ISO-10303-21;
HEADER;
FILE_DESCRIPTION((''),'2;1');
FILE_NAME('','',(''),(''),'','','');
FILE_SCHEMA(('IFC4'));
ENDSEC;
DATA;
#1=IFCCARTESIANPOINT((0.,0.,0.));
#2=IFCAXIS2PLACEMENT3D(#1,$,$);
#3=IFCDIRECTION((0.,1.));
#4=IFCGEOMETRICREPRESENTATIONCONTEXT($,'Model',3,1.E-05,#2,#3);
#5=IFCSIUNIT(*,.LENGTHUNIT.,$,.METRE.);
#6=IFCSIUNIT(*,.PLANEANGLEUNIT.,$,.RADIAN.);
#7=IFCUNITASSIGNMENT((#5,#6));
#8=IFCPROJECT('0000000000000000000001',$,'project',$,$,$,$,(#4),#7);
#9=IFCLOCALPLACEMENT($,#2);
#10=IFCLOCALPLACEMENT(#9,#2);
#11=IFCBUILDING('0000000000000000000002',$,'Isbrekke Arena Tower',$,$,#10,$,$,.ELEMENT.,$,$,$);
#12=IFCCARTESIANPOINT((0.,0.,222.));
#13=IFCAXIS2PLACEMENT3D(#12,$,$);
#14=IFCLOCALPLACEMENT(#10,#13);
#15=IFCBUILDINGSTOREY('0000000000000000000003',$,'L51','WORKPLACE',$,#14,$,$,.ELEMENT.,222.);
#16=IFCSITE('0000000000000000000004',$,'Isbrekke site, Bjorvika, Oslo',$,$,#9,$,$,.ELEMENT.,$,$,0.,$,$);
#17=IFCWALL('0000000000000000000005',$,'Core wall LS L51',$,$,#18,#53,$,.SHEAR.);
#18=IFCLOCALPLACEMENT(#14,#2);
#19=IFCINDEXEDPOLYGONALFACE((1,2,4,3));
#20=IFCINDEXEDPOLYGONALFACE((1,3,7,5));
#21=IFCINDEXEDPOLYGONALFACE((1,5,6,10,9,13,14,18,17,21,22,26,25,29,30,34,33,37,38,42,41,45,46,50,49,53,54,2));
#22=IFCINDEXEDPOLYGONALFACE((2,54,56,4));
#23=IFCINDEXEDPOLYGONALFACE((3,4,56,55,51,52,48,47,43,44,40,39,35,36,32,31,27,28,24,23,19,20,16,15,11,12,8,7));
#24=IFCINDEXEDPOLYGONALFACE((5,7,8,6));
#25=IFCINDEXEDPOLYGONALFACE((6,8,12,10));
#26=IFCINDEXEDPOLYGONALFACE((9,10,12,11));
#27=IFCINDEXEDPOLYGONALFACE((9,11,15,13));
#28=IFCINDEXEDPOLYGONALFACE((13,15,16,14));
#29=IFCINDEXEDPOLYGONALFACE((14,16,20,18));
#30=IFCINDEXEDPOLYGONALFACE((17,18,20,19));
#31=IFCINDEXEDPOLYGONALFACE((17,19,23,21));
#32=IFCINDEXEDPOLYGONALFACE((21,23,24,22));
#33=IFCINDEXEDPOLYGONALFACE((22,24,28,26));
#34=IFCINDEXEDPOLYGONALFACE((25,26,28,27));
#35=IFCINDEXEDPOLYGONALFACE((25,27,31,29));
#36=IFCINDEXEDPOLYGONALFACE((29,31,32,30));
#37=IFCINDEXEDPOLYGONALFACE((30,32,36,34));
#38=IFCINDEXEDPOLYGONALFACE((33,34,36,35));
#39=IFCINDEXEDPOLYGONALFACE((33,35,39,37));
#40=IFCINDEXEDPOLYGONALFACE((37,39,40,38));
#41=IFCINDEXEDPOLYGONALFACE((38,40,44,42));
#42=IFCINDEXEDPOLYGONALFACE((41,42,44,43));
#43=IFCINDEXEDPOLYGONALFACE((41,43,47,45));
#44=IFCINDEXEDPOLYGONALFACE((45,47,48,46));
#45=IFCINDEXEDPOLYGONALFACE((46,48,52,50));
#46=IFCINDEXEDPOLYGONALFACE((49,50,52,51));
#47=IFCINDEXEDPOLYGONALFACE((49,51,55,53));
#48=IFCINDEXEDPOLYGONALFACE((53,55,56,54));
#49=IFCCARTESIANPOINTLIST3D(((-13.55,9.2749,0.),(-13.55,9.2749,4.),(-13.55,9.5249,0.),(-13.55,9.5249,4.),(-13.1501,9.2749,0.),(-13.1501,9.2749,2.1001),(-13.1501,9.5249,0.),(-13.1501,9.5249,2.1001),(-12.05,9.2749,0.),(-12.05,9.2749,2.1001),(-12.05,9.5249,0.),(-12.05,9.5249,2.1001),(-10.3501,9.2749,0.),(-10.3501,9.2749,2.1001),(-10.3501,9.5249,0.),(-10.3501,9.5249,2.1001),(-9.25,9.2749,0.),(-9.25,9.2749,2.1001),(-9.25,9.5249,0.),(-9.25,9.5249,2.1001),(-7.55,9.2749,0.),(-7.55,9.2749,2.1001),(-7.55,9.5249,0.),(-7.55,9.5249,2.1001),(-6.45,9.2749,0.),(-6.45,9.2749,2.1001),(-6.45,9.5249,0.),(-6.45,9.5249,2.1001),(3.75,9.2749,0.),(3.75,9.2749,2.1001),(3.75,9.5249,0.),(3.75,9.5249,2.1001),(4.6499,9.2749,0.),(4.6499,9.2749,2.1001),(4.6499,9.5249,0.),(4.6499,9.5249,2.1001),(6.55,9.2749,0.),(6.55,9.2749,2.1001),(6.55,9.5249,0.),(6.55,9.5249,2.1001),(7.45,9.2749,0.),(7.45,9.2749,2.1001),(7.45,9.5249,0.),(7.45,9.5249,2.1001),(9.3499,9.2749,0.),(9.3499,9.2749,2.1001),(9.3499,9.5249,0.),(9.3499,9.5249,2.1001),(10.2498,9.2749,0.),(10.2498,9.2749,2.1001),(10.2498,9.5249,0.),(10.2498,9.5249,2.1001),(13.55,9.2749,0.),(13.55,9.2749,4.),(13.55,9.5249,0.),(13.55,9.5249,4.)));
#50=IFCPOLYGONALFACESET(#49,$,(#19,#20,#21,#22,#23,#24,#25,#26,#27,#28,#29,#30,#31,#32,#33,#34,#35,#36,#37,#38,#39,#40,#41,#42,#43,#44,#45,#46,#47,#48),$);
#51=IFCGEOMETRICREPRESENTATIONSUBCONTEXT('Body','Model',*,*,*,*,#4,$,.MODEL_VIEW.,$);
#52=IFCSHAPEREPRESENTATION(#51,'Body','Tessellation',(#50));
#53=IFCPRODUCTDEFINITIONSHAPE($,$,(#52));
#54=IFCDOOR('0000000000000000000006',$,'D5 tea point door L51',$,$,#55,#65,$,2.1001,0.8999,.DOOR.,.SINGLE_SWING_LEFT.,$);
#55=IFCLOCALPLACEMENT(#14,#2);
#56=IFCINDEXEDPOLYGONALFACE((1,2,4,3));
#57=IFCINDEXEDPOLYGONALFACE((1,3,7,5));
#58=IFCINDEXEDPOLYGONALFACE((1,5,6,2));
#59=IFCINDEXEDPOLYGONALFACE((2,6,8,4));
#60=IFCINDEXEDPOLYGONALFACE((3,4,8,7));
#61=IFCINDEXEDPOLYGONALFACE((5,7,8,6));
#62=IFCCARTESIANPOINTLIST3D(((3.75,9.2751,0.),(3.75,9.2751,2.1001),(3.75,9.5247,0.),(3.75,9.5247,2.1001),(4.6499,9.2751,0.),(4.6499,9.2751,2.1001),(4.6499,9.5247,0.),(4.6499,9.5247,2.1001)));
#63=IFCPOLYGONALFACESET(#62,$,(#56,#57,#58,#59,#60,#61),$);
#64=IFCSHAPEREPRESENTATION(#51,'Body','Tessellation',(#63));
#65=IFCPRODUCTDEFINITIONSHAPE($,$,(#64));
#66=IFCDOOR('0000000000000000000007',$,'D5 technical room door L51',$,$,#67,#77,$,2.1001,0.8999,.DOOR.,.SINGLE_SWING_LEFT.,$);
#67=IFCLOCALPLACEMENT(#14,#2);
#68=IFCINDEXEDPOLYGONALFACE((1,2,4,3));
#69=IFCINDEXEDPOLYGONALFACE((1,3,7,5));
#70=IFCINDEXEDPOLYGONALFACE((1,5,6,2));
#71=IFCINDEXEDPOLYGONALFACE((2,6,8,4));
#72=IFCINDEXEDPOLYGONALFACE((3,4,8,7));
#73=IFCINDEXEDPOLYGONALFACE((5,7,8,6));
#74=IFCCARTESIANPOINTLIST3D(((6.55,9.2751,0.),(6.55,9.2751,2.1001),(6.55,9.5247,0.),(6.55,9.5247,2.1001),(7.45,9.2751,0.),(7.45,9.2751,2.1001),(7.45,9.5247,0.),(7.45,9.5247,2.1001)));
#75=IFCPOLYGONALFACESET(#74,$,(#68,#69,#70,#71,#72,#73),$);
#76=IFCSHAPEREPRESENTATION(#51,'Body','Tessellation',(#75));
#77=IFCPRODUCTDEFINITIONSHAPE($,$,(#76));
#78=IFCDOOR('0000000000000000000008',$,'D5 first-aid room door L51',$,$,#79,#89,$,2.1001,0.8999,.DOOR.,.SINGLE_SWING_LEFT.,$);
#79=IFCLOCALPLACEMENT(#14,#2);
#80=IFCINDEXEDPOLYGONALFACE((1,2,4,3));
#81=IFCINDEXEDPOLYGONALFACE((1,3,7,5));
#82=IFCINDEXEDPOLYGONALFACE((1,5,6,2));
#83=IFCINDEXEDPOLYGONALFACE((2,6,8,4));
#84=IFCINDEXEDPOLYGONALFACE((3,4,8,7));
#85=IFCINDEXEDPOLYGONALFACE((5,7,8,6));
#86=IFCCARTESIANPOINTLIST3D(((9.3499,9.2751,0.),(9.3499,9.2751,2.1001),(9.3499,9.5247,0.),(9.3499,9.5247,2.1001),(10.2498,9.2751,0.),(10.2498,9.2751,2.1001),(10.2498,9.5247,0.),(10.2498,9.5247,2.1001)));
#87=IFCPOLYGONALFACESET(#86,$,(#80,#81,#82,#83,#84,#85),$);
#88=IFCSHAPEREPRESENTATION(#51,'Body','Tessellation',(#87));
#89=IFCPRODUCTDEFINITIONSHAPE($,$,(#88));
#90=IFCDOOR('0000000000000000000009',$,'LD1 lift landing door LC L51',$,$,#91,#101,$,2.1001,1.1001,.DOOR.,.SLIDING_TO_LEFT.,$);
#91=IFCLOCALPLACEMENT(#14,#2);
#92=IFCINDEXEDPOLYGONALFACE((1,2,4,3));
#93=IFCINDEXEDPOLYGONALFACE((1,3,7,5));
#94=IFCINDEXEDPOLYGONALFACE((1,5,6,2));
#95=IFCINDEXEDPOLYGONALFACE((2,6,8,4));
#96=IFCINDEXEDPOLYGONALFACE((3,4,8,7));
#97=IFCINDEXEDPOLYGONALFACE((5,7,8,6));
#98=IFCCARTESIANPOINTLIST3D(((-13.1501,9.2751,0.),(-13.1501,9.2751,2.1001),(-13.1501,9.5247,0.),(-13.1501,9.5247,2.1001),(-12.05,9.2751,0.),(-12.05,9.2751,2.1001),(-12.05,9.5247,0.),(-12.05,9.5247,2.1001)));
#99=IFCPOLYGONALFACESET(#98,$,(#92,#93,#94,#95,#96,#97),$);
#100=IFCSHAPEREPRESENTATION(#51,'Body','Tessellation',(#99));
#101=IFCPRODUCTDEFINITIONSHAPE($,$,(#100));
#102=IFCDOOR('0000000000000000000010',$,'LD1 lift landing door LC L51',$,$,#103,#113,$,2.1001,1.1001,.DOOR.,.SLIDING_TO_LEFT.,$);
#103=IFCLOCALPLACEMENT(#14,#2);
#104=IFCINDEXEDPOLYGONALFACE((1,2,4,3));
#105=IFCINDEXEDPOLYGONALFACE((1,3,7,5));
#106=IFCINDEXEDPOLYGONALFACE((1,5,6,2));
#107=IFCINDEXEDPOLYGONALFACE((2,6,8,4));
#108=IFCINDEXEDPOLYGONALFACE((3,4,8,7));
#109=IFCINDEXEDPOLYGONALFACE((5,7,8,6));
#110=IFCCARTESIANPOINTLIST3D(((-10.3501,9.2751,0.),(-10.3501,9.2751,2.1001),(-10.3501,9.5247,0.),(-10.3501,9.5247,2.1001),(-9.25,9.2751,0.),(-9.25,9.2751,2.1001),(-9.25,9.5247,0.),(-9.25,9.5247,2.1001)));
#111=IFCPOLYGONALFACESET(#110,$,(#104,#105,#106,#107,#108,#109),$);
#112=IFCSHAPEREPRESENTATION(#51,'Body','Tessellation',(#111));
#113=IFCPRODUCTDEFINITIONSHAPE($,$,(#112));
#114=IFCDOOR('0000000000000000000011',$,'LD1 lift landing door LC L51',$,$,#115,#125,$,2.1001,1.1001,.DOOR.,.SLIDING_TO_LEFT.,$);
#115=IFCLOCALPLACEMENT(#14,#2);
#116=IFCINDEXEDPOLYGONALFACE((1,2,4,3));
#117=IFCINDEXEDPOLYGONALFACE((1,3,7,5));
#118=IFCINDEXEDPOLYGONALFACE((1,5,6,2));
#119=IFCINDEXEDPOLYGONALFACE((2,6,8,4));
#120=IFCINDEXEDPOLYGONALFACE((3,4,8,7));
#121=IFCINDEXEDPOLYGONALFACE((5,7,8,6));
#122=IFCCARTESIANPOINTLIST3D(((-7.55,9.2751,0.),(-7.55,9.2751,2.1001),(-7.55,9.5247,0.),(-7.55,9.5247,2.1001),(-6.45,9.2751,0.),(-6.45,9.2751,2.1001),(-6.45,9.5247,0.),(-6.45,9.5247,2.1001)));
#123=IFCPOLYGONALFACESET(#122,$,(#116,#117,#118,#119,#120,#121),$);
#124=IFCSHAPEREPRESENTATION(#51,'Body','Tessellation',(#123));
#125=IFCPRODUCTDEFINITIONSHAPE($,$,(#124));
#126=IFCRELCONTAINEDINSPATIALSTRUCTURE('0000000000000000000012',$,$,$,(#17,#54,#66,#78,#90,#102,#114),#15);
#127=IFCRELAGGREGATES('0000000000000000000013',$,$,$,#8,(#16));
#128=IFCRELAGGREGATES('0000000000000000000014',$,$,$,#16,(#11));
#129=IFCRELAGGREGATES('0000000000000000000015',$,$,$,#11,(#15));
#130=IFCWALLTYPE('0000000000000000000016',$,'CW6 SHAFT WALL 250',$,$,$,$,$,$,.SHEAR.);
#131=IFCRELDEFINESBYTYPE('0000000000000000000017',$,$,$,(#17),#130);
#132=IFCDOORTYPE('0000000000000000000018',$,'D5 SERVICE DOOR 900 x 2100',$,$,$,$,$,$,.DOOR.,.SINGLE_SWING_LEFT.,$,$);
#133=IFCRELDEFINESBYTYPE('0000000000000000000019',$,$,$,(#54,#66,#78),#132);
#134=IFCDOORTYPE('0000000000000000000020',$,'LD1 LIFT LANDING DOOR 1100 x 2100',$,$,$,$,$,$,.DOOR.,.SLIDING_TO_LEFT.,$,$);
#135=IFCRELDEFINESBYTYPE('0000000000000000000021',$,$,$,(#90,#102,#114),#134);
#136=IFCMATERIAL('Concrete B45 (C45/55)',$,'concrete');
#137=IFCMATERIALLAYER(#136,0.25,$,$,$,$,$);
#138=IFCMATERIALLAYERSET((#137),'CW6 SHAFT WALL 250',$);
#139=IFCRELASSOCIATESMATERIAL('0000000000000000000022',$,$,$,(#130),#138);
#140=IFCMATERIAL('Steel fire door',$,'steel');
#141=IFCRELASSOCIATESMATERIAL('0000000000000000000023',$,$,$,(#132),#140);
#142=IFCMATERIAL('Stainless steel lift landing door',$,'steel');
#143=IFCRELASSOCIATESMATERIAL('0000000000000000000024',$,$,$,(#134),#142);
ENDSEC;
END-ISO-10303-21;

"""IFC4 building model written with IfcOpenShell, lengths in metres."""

from ifc_helpers import new_model, si_unit, direction, frame, frame_2d, origin, place, context, subcontext, project, spatial, rectangle, extrude, material, layer, layer_set, type_object, element, fill, save


model = new_model("IFC4")

# Units and contexts
model_context = context("Model", 3, precision=1e-05, world=origin(), true_north=direction((0.0, 1.0)))
body_context = subcontext(model_context, "Body", "Model", "MODEL_VIEW")
ifc_project = project(units=[si_unit("LENGTHUNIT", "METRE"), si_unit("PLANEANGLEUNIT", "RADIAN")], contexts=[model_context])

# Site, building, storey
site_placement = place(None, origin())
site = spatial("IfcSite", under=ifc_project, at=site_placement, Name="Isbrekke site, Bjorvika, Oslo", CompositionType="ELEMENT", RefElevation=0.0)
building_placement = place(site_placement, origin())
building = spatial("IfcBuilding", under=site, at=building_placement, Name="Isbrekke Arena Tower", CompositionType="ELEMENT")
storey_placement = place(building_placement, frame((0.0, 0.0, 222.0)))
storey = spatial("IfcBuildingStorey", under=building, at=storey_placement, Name="L51", Description="WORKPLACE", CompositionType="ELEMENT", Elevation=222.0)

# Wall, openings, doors
ifc_material_1 = material(Name="Concrete B45 (C45/55)", Category="concrete")
ifc_layer_1 = layer(ifc_material_1, 0.25)
ifc_layer_set_1 = layer_set([ifc_layer_1], Name="CW6 SHAFT WALL 250")
wall_type_1 = type_object("IfcWallType", Name="CW6 SHAFT WALL 250", PredefinedType="SHEAR", material=ifc_layer_set_1)
wall_1_placement = place(storey_placement, frame((-13.55, 9.3999, 0.0), z_axis=(0.0, 0.0, 1.0), x_axis=(1.0, 0.0, 0.0)))
wall_1 = element("IfcWall", 1, at=wall_1_placement, inside=storey, type_object=wall_type_1, Name="Core wall LS L51", PredefinedType="SHEAR", context=body_context, shape_type="SweptSolid", body=[
    extrude(rectangle(XDim=27.1001, YDim=0.25, at=frame_2d((13.55, 0.0))), origin(), (0.0, 0.0, 1.0), 4.0),
])
opening_1_placement = place(wall_1_placement, frame((0.3999, 0.0, 0.0)))
opening_1 = element("IfcOpeningElement", 2, at=opening_1_placement, cuts=wall_1, PredefinedType="OPENING", context=body_context, shape_type="SweptSolid", body=[
    extrude(rectangle(XDim=1.1001, YDim=2.1001, at=frame_2d((0.55, 1.05))), frame((0.0, 0.1399, 0.0), z_axis=(0.0, -1.0, 0.0), x_axis=(1.0, 0.0, 0.0)), (0.0, 0.0, 1.0), 0.2798),
])
opening_2_placement = place(wall_1_placement, frame((3.2, 0.0, 0.0)))
opening_2 = element("IfcOpeningElement", 3, at=opening_2_placement, cuts=wall_1, PredefinedType="OPENING", context=body_context, shape_type="SweptSolid", body=[
    extrude(rectangle(XDim=1.1001, YDim=2.1001, at=frame_2d((0.55, 1.05))), frame((0.0, 0.1399, 0.0), z_axis=(0.0, -1.0, 0.0), x_axis=(1.0, 0.0, 0.0)), (0.0, 0.0, 1.0), 0.2798),
])
opening_3_placement = place(wall_1_placement, frame((6.0, 0.0, 0.0)))
opening_3 = element("IfcOpeningElement", 4, at=opening_3_placement, cuts=wall_1, PredefinedType="OPENING", context=body_context, shape_type="SweptSolid", body=[
    extrude(rectangle(XDim=1.1001, YDim=2.1001, at=frame_2d((0.55, 1.05))), frame((0.0, 0.1399, 0.0), z_axis=(0.0, -1.0, 0.0), x_axis=(1.0, 0.0, 0.0)), (0.0, 0.0, 1.0), 0.2798),
])
opening_4_placement = place(wall_1_placement, frame((17.3, 0.0, 0.0)))
opening_4 = element("IfcOpeningElement", 5, at=opening_4_placement, cuts=wall_1, PredefinedType="OPENING", context=body_context, shape_type="SweptSolid", body=[
    extrude(rectangle(XDim=0.8999, YDim=2.1001, at=frame_2d((0.45, 1.05))), frame((0.0, 0.1399, 0.0), z_axis=(0.0, -1.0, 0.0), x_axis=(1.0, 0.0, 0.0)), (0.0, 0.0, 1.0), 0.2798),
])
opening_5_placement = place(wall_1_placement, frame((20.1001, 0.0, 0.0)))
opening_5 = element("IfcOpeningElement", 6, at=opening_5_placement, cuts=wall_1, PredefinedType="OPENING", context=body_context, shape_type="SweptSolid", body=[
    extrude(rectangle(XDim=0.8999, YDim=2.1001, at=frame_2d((0.45, 1.05))), frame((0.0, 0.1399, 0.0), z_axis=(0.0, -1.0, 0.0), x_axis=(1.0, 0.0, 0.0)), (0.0, 0.0, 1.0), 0.2798),
])
opening_6_placement = place(wall_1_placement, frame((22.8999, 0.0, 0.0)))
opening_6 = element("IfcOpeningElement", 7, at=opening_6_placement, cuts=wall_1, PredefinedType="OPENING", context=body_context, shape_type="SweptSolid", body=[
    extrude(rectangle(XDim=0.8999, YDim=2.1001, at=frame_2d((0.45, 1.05))), frame((0.0, 0.1399, 0.0), z_axis=(0.0, -1.0, 0.0), x_axis=(1.0, 0.0, 0.0)), (0.0, 0.0, 1.0), 0.2798),
])
ifc_material_2 = material(Name="Steel fire door", Category="steel")
door_type_1 = type_object("IfcDoorType", Name="D5 SERVICE DOOR 900 x 2100", OperationType="SINGLE_SWING_LEFT", PredefinedType="DOOR", material=ifc_material_2)
door_1_placement = place(opening_4_placement, origin())
door_1 = element("IfcDoor", 8, at=door_1_placement, inside=storey, type_object=door_type_1, Name="D5 tea point door L51", OperationType="SINGLE_SWING_LEFT", OverallHeight=2.1001, OverallWidth=0.8999, PredefinedType="DOOR", context=body_context, shape_type="SweptSolid", body=[
    extrude(rectangle(XDim=0.8999, YDim=2.1001, at=frame_2d((0.45, 1.05))), frame((0.0, 0.1248, 0.0), z_axis=(0.0, -1.0, 0.0), x_axis=(1.0, 0.0, 0.0)), (0.0, 0.0, 1.0), 0.2495),
])
fill(opening_4, door_1)
door_2_placement = place(opening_5_placement, origin())
door_2 = element("IfcDoor", 9, at=door_2_placement, inside=storey, type_object=door_type_1, Name="D5 technical room door L51", OperationType="SINGLE_SWING_LEFT", OverallHeight=2.1001, OverallWidth=0.8999, PredefinedType="DOOR", context=body_context, shape_type="SweptSolid", body=[
    extrude(rectangle(XDim=0.8999, YDim=2.1001, at=frame_2d((0.45, 1.05))), frame((0.0, 0.1248, 0.0), z_axis=(0.0, -1.0, 0.0), x_axis=(1.0, 0.0, 0.0)), (0.0, 0.0, 1.0), 0.2495),
])
fill(opening_5, door_2)
door_3_placement = place(opening_6_placement, origin())
door_3 = element("IfcDoor", 10, at=door_3_placement, inside=storey, type_object=door_type_1, Name="D5 first-aid room door L51", OperationType="SINGLE_SWING_LEFT", OverallHeight=2.1001, OverallWidth=0.8999, PredefinedType="DOOR", context=body_context, shape_type="SweptSolid", body=[
    extrude(rectangle(XDim=0.8999, YDim=2.1001, at=frame_2d((0.45, 1.05))), frame((0.0, 0.1248, 0.0), z_axis=(0.0, -1.0, 0.0), x_axis=(1.0, 0.0, 0.0)), (0.0, 0.0, 1.0), 0.2495),
])
fill(opening_6, door_3)
ifc_material_3 = material(Name="Stainless steel lift landing door", Category="steel")
door_type_2 = type_object("IfcDoorType", Name="LD1 LIFT LANDING DOOR 1100 x 2100", OperationType="SLIDING_TO_LEFT", PredefinedType="DOOR", material=ifc_material_3)
door_4_placement = place(opening_1_placement, origin())
door_4 = element("IfcDoor", 11, at=door_4_placement, inside=storey, type_object=door_type_2, Name="LD1 lift landing door LC L51", OperationType="SLIDING_TO_LEFT", OverallHeight=2.1001, OverallWidth=1.1001, PredefinedType="DOOR", context=body_context, shape_type="SweptSolid", body=[
    extrude(rectangle(XDim=1.1001, YDim=2.1001, at=frame_2d((0.55, 1.05))), frame((0.0, 0.1248, 0.0), z_axis=(0.0, -1.0, 0.0), x_axis=(1.0, 0.0, 0.0)), (0.0, 0.0, 1.0), 0.2495),
])
fill(opening_1, door_4)
door_5_placement = place(opening_2_placement, origin())
door_5 = element("IfcDoor", 12, at=door_5_placement, inside=storey, type_object=door_type_2, Name="LD1 lift landing door LC L51", OperationType="SLIDING_TO_LEFT", OverallHeight=2.1001, OverallWidth=1.1001, PredefinedType="DOOR", context=body_context, shape_type="SweptSolid", body=[
    extrude(rectangle(XDim=1.1001, YDim=2.1001, at=frame_2d((0.55, 1.05))), frame((0.0, 0.1248, 0.0), z_axis=(0.0, -1.0, 0.0), x_axis=(1.0, 0.0, 0.0)), (0.0, 0.0, 1.0), 0.2495),
])
fill(opening_2, door_5)
door_6_placement = place(opening_3_placement, origin())
door_6 = element("IfcDoor", 13, at=door_6_placement, inside=storey, type_object=door_type_2, Name="LD1 lift landing door LC L51", OperationType="SLIDING_TO_LEFT", OverallHeight=2.1001, OverallWidth=1.1001, PredefinedType="DOOR", context=body_context, shape_type="SweptSolid", body=[
    extrude(rectangle(XDim=1.1001, YDim=2.1001, at=frame_2d((0.55, 1.05))), frame((0.0, 0.1248, 0.0), z_axis=(0.0, -1.0, 0.0), x_axis=(1.0, 0.0, 0.0)), (0.0, 0.0, 1.0), 0.2495),
])
fill(opening_3, door_6)

save(model, "model.ifc")
